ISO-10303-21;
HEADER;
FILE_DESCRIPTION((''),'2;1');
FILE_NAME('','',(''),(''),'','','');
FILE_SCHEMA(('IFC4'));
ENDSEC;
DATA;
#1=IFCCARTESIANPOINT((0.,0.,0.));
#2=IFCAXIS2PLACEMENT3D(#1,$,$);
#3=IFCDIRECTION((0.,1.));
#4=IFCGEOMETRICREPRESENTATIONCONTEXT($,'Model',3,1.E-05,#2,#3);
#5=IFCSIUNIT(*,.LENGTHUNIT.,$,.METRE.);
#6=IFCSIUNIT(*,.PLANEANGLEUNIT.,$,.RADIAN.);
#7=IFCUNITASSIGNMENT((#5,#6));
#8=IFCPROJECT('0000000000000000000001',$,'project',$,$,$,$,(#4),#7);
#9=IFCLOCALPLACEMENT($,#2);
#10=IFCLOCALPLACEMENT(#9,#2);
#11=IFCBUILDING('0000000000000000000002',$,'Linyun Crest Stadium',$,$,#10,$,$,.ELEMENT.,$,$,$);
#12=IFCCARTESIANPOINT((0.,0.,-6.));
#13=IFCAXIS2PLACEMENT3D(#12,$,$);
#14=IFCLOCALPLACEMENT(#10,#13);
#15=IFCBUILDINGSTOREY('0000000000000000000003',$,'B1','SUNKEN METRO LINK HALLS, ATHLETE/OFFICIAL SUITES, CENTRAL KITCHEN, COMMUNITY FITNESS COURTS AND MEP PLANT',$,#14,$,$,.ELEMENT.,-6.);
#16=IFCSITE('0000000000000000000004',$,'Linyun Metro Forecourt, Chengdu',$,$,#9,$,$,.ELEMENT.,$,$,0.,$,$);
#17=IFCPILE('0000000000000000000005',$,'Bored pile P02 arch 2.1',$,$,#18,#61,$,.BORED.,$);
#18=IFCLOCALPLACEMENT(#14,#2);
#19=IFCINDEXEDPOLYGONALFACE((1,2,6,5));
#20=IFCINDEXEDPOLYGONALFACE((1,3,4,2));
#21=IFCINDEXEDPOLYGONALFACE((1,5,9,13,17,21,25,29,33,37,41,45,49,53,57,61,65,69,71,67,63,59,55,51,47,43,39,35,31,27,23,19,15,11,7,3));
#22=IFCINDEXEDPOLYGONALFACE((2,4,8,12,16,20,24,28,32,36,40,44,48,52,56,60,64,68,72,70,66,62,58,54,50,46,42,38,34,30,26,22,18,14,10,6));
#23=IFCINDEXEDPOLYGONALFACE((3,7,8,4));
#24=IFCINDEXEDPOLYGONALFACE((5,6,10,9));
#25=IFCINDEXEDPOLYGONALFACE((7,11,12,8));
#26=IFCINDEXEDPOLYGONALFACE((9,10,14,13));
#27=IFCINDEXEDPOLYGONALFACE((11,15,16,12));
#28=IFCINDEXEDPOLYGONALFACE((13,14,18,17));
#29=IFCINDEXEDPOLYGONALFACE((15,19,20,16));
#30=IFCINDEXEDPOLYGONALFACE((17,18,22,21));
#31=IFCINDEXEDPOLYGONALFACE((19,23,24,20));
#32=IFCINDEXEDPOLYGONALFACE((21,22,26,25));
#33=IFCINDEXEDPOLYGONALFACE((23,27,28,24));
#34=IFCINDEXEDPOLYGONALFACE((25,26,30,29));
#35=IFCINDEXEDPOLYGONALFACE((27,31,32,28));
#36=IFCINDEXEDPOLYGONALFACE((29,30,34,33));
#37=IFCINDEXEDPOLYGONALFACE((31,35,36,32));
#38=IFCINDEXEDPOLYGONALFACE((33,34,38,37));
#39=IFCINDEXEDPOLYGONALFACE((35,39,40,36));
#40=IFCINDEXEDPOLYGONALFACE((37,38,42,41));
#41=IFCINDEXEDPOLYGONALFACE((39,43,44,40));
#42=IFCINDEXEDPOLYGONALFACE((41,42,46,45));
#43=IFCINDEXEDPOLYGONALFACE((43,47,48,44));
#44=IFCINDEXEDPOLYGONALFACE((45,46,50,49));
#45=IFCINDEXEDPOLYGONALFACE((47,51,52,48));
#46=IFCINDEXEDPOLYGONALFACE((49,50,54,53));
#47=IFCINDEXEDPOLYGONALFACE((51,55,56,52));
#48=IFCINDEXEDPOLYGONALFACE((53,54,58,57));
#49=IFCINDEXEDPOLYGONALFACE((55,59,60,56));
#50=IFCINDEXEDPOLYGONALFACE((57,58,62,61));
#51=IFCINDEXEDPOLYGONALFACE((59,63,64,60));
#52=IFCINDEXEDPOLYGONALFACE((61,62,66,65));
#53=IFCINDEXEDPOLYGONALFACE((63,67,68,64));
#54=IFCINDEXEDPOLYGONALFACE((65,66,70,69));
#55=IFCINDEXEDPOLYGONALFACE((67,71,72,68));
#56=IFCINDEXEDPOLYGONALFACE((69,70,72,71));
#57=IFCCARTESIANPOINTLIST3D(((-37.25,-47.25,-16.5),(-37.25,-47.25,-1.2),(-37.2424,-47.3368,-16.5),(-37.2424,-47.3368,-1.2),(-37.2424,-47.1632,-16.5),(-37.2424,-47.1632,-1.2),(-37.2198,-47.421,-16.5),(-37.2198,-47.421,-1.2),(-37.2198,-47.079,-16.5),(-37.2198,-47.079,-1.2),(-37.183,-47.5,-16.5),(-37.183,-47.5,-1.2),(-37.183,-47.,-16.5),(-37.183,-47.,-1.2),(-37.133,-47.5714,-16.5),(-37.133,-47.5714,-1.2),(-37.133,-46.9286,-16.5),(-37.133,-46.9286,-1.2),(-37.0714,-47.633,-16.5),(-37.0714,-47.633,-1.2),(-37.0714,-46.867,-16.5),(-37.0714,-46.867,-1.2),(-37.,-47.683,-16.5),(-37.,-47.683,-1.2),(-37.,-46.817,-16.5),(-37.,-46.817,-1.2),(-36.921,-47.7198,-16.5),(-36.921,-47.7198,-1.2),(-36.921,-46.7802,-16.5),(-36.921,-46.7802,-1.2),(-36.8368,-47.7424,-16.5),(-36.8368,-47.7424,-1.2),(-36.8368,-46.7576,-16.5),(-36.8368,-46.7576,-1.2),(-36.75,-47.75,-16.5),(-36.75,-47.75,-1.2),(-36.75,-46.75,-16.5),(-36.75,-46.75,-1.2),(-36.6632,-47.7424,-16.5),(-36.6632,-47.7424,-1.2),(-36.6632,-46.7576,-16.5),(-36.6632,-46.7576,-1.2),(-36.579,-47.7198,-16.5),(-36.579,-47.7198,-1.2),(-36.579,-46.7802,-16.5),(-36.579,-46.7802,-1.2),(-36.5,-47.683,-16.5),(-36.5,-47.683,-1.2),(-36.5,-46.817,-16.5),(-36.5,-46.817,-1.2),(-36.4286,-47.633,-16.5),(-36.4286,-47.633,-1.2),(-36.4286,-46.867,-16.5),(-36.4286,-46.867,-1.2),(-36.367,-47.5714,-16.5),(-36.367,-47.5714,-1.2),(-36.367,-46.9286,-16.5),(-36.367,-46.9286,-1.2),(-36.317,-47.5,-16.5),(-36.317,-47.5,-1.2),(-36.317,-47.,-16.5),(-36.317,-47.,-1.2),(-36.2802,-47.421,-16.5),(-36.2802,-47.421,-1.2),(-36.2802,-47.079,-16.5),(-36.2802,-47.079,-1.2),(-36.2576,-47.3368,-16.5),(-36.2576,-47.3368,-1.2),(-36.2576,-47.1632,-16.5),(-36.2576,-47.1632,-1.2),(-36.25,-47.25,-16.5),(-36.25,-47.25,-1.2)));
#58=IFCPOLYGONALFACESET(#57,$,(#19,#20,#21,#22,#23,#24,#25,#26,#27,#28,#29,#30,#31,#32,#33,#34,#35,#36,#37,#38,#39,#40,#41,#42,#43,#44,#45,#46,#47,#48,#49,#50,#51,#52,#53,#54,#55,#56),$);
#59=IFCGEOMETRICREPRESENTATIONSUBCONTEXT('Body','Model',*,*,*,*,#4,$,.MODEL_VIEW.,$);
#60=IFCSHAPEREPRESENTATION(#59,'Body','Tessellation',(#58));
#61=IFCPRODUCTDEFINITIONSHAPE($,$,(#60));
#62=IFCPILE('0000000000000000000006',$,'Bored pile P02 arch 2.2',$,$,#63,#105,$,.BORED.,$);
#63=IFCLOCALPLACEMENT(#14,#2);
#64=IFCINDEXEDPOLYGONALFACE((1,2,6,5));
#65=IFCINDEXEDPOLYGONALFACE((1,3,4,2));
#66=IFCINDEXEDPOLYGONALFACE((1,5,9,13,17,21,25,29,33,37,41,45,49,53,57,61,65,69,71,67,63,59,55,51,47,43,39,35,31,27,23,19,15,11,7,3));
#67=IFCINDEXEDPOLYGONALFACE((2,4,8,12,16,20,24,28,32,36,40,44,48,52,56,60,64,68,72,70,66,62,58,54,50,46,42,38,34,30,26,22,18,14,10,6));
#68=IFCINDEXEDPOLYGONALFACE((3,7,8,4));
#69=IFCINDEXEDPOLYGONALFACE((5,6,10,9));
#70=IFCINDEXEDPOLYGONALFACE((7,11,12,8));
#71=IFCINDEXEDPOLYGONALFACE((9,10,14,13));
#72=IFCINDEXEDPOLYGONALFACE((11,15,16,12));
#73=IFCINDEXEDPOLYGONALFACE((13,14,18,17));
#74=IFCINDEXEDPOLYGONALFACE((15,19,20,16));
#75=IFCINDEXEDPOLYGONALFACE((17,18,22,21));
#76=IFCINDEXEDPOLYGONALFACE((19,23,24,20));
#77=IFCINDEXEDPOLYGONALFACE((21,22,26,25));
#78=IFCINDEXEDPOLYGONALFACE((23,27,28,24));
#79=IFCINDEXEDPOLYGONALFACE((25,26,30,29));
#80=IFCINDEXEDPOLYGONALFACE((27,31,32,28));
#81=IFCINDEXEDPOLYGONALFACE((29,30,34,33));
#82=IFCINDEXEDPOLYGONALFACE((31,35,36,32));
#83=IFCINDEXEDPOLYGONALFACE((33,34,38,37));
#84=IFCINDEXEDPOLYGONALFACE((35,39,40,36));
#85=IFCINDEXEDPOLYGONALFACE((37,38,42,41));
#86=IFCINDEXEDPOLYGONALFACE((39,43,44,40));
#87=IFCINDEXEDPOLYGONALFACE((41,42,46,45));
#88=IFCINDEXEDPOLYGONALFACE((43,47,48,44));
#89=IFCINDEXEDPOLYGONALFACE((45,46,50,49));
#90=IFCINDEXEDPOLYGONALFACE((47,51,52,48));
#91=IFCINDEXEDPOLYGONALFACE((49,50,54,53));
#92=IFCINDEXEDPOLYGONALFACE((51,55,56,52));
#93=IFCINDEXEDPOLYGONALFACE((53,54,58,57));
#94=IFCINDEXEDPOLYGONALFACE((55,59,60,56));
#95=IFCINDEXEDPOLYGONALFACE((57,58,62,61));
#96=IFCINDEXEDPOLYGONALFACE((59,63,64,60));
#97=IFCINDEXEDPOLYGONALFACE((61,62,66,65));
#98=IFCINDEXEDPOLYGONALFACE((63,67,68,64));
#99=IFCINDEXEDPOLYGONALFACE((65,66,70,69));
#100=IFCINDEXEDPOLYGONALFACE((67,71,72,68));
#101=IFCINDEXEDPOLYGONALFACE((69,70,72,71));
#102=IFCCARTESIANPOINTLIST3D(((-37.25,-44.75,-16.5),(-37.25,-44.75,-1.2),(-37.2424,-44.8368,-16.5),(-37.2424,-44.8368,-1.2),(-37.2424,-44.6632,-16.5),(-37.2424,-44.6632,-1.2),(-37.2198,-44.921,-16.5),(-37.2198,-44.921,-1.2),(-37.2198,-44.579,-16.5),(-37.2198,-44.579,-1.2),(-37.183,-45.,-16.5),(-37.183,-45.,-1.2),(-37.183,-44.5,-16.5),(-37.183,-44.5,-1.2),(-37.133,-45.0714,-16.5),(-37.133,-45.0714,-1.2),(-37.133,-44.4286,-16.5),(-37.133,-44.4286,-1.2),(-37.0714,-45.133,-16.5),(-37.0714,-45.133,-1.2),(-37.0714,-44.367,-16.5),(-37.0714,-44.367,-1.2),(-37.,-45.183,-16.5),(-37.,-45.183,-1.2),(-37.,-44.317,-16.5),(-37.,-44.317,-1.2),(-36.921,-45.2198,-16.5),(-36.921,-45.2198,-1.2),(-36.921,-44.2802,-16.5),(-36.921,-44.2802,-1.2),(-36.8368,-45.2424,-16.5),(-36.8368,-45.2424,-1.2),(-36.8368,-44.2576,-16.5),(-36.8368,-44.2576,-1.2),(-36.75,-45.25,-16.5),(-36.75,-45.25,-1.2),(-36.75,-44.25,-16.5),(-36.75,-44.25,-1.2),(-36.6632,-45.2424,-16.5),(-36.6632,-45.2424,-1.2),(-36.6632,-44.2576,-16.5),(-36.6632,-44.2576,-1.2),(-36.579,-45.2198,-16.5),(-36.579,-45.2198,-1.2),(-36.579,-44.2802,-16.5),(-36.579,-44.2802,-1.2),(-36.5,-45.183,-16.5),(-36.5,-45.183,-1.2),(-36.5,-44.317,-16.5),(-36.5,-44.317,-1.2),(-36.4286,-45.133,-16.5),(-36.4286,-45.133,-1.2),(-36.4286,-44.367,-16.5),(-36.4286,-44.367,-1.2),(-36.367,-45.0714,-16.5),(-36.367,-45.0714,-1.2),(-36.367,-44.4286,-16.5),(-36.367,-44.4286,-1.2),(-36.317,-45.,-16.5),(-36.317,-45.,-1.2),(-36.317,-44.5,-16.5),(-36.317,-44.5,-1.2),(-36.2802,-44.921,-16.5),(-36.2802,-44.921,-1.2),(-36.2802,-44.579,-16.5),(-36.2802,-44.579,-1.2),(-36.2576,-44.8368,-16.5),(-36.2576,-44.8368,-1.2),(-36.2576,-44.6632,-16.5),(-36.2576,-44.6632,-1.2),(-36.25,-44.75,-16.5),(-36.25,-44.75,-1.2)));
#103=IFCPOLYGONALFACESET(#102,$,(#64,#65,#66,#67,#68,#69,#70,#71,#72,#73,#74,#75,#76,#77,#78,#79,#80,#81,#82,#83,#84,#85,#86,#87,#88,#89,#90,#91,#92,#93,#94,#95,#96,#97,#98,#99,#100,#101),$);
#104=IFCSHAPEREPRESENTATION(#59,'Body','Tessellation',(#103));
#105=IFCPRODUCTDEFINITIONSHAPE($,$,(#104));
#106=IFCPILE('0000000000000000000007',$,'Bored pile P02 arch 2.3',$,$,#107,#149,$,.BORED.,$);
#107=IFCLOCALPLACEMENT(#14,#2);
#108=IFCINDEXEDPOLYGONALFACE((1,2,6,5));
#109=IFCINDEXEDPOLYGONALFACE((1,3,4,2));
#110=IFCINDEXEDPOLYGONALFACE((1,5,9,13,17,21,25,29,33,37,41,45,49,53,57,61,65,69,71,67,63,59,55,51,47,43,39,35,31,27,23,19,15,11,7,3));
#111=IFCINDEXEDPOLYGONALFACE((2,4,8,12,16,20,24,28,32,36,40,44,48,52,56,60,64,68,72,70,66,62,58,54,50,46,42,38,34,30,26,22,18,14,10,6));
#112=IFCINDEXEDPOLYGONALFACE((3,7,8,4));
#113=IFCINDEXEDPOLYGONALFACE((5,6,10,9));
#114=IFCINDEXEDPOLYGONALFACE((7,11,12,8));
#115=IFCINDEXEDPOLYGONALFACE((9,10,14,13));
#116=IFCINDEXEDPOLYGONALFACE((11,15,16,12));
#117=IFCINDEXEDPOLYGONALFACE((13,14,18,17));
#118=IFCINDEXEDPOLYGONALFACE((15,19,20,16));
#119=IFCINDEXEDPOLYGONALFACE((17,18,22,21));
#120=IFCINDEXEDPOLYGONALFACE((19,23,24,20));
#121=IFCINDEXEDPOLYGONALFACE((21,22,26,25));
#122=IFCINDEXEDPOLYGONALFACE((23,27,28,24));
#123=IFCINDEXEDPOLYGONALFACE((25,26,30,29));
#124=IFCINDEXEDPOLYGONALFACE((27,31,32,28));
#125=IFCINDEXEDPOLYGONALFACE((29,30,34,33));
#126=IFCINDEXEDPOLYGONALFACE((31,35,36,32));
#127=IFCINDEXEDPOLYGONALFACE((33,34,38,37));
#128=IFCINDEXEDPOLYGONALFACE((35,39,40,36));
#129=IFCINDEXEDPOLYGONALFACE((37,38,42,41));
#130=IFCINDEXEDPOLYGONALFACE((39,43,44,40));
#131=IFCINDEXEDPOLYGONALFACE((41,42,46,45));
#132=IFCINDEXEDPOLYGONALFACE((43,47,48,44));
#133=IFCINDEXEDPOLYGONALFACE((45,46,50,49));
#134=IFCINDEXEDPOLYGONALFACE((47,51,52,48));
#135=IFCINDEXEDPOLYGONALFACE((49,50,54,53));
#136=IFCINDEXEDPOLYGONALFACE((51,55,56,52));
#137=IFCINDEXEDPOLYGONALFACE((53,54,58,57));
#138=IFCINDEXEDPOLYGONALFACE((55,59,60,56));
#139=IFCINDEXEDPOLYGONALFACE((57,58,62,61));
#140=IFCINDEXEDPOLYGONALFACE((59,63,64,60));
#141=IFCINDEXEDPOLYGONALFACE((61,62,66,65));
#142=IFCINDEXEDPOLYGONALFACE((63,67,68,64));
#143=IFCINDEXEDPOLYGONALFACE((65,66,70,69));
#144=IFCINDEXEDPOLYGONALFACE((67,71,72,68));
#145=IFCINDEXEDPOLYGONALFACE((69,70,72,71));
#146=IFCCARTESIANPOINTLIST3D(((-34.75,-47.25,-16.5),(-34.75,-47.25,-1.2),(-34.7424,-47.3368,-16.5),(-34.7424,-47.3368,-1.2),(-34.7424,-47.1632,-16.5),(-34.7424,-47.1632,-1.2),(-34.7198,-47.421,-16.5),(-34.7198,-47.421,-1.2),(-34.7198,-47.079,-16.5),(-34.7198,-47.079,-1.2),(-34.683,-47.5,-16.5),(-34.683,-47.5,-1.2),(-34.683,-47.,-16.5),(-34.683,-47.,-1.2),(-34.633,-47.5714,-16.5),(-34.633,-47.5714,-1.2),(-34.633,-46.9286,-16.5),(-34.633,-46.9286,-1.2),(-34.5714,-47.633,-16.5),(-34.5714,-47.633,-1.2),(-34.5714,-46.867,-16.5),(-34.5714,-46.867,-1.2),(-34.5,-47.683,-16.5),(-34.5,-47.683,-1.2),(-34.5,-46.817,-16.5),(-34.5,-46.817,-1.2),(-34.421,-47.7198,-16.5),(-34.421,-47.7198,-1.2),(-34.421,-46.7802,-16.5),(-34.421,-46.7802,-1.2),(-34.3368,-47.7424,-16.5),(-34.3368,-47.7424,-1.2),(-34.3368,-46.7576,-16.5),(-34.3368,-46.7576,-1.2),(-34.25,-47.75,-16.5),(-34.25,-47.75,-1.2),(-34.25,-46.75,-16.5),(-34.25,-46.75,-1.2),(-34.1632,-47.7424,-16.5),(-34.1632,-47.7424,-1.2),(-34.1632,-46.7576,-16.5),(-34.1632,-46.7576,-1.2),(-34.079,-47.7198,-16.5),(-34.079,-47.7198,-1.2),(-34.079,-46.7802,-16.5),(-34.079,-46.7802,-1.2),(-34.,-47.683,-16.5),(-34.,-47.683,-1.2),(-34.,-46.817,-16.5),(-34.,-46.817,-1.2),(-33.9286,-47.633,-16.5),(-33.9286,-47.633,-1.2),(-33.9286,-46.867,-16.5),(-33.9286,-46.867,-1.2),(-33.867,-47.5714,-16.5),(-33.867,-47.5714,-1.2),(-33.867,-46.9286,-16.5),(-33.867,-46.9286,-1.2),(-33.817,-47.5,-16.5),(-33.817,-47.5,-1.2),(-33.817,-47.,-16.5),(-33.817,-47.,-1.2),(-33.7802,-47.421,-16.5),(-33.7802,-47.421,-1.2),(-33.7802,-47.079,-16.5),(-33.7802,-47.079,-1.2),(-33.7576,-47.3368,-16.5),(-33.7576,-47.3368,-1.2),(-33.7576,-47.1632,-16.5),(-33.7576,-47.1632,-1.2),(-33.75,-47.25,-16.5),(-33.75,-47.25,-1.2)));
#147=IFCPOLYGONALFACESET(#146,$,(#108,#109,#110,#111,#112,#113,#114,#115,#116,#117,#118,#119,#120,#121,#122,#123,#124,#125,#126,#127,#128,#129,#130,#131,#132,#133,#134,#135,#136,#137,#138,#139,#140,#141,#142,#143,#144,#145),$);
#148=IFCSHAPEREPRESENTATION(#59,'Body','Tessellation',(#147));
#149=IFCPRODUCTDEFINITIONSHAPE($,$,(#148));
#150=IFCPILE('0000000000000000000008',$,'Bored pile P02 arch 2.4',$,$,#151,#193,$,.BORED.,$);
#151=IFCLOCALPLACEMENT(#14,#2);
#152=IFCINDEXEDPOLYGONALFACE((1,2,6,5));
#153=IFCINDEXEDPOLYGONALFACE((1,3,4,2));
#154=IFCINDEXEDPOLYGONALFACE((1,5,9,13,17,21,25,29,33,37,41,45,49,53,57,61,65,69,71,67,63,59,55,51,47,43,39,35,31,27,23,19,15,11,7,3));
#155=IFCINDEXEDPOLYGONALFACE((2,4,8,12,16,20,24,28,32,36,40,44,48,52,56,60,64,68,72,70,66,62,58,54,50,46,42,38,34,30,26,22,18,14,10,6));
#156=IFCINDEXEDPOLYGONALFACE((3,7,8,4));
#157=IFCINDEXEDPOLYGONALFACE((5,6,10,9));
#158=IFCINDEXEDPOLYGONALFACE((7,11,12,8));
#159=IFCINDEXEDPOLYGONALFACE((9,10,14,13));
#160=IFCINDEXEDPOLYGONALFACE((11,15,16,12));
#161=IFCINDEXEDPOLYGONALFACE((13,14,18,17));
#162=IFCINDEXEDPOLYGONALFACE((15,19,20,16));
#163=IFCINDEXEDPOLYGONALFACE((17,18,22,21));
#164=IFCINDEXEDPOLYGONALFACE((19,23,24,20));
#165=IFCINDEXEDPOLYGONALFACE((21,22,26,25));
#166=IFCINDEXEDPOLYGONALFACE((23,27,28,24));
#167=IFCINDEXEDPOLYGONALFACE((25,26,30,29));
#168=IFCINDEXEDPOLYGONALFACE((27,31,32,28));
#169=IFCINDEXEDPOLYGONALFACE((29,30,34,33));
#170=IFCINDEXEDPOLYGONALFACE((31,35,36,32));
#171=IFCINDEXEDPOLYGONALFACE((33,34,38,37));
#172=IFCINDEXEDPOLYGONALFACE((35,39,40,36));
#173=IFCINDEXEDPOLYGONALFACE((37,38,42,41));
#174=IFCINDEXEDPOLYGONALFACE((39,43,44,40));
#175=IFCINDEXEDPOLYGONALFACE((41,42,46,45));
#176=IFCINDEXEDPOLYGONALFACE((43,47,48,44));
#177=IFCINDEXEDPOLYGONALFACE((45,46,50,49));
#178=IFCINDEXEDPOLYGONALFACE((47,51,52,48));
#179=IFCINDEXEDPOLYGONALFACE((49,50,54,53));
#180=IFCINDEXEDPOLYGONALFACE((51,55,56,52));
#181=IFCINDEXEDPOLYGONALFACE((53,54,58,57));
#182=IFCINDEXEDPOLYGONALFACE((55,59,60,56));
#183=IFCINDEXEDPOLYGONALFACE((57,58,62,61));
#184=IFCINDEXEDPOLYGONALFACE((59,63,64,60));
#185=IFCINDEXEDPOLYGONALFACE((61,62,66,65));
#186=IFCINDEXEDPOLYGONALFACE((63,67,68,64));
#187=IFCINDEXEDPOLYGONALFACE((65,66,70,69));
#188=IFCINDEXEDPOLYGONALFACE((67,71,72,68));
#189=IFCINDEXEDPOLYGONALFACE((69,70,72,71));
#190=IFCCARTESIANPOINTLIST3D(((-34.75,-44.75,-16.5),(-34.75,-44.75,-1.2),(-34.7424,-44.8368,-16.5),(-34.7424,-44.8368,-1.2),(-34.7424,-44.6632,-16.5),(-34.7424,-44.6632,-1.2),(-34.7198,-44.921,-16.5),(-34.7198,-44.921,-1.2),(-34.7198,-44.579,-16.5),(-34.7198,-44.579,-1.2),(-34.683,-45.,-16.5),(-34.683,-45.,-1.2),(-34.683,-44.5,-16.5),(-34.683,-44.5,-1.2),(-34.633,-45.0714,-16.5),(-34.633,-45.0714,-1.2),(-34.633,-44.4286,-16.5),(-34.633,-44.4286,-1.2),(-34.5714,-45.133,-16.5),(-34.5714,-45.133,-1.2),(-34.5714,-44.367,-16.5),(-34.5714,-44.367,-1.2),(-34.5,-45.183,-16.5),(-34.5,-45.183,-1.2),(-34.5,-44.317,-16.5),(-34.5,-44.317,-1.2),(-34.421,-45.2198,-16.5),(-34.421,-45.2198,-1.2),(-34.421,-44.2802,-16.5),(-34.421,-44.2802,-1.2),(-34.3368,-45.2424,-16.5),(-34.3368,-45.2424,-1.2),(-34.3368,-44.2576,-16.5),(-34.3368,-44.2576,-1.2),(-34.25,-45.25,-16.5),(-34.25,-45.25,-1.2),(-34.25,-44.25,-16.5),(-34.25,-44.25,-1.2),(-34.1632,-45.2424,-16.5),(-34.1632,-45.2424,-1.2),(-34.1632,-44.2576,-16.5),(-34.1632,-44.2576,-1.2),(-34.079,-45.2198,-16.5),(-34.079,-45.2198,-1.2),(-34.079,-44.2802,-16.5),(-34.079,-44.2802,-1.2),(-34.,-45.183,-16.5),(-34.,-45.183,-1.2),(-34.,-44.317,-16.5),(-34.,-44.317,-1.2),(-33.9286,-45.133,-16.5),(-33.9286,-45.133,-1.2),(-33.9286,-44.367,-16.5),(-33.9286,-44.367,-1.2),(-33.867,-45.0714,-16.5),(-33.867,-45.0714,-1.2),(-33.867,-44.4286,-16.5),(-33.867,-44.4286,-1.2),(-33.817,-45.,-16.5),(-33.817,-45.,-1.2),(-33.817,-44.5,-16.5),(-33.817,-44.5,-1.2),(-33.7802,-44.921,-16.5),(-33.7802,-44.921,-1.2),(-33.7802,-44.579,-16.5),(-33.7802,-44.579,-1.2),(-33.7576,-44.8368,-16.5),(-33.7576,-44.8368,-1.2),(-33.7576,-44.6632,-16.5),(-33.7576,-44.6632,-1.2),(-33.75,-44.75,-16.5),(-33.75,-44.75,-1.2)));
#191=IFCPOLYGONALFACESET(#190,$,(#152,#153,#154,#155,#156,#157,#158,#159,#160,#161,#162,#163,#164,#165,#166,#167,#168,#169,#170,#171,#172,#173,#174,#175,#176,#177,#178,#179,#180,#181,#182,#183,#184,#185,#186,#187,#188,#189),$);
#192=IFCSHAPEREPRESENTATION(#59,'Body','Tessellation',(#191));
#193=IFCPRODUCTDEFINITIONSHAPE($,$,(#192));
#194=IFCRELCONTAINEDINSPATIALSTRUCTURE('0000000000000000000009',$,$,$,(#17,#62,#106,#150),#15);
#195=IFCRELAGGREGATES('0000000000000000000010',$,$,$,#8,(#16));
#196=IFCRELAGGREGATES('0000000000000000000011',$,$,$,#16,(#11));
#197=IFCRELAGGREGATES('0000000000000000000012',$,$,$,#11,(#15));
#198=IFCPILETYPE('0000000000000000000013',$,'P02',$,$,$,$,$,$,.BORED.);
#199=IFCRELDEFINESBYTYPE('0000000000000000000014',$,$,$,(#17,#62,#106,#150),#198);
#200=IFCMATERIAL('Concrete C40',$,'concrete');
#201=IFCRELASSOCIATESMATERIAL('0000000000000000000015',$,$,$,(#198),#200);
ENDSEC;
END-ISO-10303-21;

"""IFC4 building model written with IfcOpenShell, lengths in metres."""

from ifc_helpers import new_model, si_unit, direction, frame, origin, origin_2d, place, context, subcontext, project, spatial, circle, extrude, material, material_profile, profile_set, type_object, element, save


model = new_model("IFC4")

# Units and contexts
model_context = context("Model", 3, precision=1e-05, world=origin(), true_north=direction((0.0, 1.0)))
body_context = subcontext(model_context, "Body", "Model", "MODEL_VIEW")
ifc_project = project(units=[si_unit("LENGTHUNIT", "METRE"), si_unit("PLANEANGLEUNIT", "RADIAN")], contexts=[model_context])

# Site, building, storey
site_placement = place(None, origin())
site = spatial("IfcSite", under=ifc_project, at=site_placement, Name="Linyun Metro Forecourt, Chengdu", CompositionType="ELEMENT", RefElevation=0.0)
building_placement = place(site_placement, origin())
building = spatial("IfcBuilding", under=site, at=building_placement, Name="Linyun Crest Stadium", CompositionType="ELEMENT")
storey_placement = place(building_placement, frame((0.0, 0.0, -6.0)))
storey = spatial("IfcBuildingStorey", under=building, at=storey_placement, Name="B1", Description="SUNKEN METRO LINK HALLS, ATHLETE/OFFICIAL SUITES, CENTRAL KITCHEN, COMMUNITY FITNESS COURTS AND MEP PLANT", CompositionType="ELEMENT", Elevation=-6.0)

# Piles
ifc_material_1 = material(Name="Concrete C40", Category="concrete")
ifc_material_profile_1 = material_profile(ifc_material_1, circle(Radius=0.5, at=origin_2d()), Name="BORED PILE 1000")
ifc_profile_set_1 = profile_set([ifc_material_profile_1], Name="Concrete C40")
pile_type_1 = type_object("IfcPileType", Name="P02", PredefinedType="BORED", material=ifc_profile_set_1)
for number, where, z_axis, x_axis, name in (
    (1, (-36.75, -47.25, -1.2), (0.0, 0.0, -1.0), (1.0, 0.0, 0.0), "Bored pile P02 arch 2.1"),
    (2, (-36.75, -44.75, -1.2), (0.0, 0.0, -1.0), (1.0, 0.0, 0.0), "Bored pile P02 arch 2.2"),
    (3, (-34.25, -47.25, -1.2), (0.0, 0.0, -1.0), (1.0, 0.0, 0.0), "Bored pile P02 arch 2.3"),
    (4, (-34.25, -44.75, -1.2), (0.0, 0.0, -1.0), (1.0, 0.0, 0.0), "Bored pile P02 arch 2.4"),
):
    element("IfcPile", number, at=place(storey_placement, frame(where, z_axis=z_axis, x_axis=x_axis)), inside=storey, type_object=pile_type_1, Name=name, PredefinedType="BORED", context=body_context, shape_type="SweptSolid", body=[
        extrude(circle(Radius=0.5, at=origin_2d()), origin(), (0.0, 0.0, 1.0), 15.3),
    ])

save(model, "model.ifc")
